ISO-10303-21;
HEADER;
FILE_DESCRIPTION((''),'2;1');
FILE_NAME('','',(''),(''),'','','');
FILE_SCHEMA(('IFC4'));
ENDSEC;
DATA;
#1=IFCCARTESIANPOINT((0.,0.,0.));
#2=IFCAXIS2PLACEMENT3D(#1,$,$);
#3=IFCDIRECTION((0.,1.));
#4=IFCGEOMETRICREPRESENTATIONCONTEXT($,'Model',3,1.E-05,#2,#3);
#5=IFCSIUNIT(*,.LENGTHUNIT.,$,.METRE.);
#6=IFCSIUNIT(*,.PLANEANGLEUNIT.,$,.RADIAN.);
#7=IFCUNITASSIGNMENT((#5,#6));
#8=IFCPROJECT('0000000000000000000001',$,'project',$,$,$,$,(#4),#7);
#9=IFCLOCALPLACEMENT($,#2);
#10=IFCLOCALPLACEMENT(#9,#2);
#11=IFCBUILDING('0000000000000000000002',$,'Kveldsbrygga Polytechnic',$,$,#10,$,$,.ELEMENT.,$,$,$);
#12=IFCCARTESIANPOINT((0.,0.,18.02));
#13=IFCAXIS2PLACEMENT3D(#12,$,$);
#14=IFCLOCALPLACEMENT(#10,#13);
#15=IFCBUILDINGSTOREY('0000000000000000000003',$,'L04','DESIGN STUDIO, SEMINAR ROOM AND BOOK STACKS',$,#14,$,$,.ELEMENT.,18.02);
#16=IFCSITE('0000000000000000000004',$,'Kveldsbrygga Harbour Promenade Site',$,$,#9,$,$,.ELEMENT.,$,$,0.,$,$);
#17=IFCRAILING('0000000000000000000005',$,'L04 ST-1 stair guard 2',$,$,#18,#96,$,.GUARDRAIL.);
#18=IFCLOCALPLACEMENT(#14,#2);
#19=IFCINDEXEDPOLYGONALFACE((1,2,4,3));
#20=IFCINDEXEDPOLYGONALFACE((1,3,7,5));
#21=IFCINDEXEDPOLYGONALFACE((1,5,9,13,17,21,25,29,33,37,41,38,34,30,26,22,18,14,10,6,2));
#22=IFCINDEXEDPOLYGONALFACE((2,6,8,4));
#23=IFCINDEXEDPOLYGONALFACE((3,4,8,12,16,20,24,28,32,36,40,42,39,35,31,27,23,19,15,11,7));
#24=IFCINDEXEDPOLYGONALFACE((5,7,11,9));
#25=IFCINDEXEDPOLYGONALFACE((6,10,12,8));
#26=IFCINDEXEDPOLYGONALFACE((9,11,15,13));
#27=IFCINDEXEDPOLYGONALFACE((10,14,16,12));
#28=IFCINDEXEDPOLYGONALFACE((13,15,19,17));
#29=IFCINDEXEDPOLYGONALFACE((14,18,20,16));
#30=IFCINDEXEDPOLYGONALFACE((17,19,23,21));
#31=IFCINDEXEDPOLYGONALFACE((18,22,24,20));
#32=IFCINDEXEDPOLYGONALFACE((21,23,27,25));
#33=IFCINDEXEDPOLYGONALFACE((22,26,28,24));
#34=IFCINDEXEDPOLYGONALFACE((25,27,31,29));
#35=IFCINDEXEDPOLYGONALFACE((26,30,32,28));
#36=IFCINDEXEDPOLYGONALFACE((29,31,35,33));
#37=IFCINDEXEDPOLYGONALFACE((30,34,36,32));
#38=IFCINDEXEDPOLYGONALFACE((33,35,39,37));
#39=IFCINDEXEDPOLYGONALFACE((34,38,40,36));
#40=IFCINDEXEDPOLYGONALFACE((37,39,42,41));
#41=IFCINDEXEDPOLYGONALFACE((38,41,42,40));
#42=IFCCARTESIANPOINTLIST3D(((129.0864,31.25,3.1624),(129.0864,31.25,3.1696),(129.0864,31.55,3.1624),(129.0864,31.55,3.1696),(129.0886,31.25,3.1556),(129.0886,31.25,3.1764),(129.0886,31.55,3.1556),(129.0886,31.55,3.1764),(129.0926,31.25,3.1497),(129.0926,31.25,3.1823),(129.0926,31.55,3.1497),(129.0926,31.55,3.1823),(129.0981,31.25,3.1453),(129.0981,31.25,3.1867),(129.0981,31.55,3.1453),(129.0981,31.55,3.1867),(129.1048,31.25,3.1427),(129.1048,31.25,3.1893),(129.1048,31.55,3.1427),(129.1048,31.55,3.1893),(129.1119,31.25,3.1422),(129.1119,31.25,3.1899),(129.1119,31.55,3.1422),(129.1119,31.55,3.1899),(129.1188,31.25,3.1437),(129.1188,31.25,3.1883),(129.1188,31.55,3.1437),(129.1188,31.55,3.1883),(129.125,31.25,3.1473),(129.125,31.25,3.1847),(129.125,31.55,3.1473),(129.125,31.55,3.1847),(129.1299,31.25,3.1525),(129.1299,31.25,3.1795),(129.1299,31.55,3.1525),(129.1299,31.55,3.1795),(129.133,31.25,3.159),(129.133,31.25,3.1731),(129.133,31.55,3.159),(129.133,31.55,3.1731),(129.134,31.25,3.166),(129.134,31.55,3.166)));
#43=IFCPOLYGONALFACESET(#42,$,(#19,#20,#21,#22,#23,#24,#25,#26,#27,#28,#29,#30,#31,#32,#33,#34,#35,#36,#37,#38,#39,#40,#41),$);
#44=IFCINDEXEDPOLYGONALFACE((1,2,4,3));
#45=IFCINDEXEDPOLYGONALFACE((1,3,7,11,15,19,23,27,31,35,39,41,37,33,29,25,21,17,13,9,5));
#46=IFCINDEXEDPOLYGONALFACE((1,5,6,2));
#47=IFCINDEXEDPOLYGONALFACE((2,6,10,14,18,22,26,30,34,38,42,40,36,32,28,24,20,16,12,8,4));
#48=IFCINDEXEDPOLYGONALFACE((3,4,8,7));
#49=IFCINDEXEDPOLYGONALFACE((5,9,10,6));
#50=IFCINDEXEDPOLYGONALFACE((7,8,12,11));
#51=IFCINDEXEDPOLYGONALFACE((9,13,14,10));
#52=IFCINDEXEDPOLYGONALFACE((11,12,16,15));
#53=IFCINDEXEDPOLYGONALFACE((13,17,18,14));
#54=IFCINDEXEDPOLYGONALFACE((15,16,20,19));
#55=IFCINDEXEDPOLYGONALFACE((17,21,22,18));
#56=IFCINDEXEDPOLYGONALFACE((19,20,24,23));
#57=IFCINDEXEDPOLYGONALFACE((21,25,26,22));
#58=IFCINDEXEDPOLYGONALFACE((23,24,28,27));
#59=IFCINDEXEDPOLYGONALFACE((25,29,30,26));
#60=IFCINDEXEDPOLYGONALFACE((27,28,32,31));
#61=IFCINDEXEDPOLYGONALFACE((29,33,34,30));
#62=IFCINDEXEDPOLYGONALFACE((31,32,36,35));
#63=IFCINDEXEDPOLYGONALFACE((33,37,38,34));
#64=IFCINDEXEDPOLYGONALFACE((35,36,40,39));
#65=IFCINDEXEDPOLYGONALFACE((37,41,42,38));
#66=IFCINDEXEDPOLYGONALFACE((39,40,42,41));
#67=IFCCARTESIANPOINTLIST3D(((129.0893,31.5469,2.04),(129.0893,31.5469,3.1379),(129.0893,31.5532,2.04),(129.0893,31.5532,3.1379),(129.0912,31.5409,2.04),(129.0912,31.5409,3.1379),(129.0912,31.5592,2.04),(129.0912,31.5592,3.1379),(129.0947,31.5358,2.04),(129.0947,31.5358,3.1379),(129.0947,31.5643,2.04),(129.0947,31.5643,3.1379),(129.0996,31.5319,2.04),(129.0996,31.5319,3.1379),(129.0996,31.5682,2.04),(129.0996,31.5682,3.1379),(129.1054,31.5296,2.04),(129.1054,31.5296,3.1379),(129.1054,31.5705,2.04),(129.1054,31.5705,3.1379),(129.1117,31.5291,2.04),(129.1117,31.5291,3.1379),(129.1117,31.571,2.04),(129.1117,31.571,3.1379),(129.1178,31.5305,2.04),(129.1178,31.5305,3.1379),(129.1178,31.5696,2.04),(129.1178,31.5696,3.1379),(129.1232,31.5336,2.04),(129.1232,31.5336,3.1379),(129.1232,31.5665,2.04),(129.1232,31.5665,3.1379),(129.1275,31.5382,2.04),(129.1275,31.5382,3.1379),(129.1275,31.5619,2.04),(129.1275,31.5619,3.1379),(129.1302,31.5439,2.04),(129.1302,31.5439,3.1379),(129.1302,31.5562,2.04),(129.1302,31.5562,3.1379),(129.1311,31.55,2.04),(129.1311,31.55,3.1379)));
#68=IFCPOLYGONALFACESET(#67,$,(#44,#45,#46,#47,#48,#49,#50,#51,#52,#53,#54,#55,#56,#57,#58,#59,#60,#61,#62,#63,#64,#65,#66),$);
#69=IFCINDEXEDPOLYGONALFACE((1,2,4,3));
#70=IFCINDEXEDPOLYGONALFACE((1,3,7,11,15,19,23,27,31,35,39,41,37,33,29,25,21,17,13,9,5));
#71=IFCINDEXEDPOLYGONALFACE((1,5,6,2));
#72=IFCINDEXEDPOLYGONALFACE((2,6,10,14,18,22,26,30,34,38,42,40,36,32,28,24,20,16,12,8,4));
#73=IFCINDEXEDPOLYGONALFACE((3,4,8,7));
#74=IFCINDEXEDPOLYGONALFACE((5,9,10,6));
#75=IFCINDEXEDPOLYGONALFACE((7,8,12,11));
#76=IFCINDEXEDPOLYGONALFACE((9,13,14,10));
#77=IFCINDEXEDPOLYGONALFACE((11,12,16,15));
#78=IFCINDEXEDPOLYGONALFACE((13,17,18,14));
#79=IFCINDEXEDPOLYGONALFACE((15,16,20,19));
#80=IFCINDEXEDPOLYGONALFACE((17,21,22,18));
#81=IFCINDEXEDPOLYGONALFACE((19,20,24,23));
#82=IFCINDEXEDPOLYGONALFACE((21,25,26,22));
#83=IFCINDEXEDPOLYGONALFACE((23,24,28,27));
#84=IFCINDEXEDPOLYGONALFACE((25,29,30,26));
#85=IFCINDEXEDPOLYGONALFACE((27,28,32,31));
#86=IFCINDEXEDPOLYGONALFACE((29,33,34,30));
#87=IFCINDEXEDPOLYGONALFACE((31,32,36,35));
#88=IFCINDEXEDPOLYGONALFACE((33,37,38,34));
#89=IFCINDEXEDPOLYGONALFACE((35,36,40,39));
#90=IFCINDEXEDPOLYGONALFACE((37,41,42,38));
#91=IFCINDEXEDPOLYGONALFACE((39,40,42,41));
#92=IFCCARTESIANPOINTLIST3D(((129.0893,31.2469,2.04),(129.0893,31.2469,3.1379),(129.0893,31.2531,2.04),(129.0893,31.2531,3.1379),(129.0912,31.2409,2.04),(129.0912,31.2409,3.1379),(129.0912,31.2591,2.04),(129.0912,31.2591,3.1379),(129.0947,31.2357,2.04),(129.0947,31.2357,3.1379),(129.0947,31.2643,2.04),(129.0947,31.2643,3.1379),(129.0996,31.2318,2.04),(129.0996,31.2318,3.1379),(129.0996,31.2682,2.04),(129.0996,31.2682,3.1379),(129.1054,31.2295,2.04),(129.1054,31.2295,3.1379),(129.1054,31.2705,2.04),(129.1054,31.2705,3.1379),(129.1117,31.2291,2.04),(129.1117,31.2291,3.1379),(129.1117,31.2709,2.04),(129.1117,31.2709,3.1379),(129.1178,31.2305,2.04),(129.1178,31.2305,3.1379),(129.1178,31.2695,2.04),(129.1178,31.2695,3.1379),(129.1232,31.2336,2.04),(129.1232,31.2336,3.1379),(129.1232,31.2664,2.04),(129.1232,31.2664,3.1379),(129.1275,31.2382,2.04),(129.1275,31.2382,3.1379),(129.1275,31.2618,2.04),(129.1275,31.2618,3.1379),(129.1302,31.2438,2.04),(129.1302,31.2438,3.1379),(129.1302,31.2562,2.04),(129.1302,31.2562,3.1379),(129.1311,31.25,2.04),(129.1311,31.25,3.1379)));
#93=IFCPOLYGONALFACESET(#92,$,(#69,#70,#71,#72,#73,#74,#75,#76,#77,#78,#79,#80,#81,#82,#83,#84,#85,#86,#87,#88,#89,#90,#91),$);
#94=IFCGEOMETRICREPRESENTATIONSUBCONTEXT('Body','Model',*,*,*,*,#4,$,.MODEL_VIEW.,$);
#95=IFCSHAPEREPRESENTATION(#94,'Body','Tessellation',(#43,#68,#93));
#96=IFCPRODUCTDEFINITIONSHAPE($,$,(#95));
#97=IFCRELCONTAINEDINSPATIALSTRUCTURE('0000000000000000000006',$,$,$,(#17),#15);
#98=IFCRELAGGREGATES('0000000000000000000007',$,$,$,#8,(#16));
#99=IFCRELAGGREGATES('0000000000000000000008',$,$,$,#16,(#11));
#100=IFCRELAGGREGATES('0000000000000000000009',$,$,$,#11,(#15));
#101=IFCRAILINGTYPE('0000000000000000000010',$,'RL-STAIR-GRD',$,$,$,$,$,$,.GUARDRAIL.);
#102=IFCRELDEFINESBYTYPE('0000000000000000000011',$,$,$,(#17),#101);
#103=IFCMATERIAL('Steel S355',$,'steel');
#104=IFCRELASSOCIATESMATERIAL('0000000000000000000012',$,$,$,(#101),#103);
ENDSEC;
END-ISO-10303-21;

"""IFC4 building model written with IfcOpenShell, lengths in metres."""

from ifc_helpers import new_model, si_unit, direction, frame, origin, origin_2d, place, context, subcontext, project, spatial, circle, extrude, material, type_object, element, save


model = new_model("IFC4")

# Units and contexts
model_context = context("Model", 3, precision=1e-05, world=origin(), true_north=direction((0.0, 1.0)))
body_context = subcontext(model_context, "Body", "Model", "MODEL_VIEW")
ifc_project = project(units=[si_unit("LENGTHUNIT", "METRE"), si_unit("PLANEANGLEUNIT", "RADIAN")], contexts=[model_context])

# Site, building, storey
site_placement = place(None, origin())
site = spatial("IfcSite", under=ifc_project, at=site_placement, Name="Kveldsbrygga Harbour Promenade Site", CompositionType="ELEMENT", RefElevation=0.0)
building_placement = place(site_placement, origin())
building = spatial("IfcBuilding", under=site, at=building_placement, Name="Kveldsbrygga Polytechnic", CompositionType="ELEMENT")
storey_placement = place(building_placement, frame((0.0, 0.0, 18.02)))
storey = spatial("IfcBuildingStorey", under=building, at=storey_placement, Name="L04", Description="DESIGN STUDIO, SEMINAR ROOM AND BOOK STACKS", CompositionType="ELEMENT", Elevation=18.02)

# Railing
ifc_material_1 = material(Name="Steel S355", Category="steel")
railing_type_1 = type_object("IfcRailingType", Name="RL-STAIR-GRD", PredefinedType="GUARDRAIL", material=ifc_material_1)
railing_1_placement = place(storey_placement, frame((129.1101, 31.55, 2.04)))
element("IfcRailing", 1, at=railing_1_placement, inside=storey, type_object=railing_type_1, Name="L04 ST-1 stair guard 2", PredefinedType="GUARDRAIL", context=body_context, shape_type="SweptSolid", body=[
    extrude(circle(Radius=0.0239, at=origin_2d()), frame((0.0, 0.0, 1.126), z_axis=(0.0, -1.0, 0.0), x_axis=(1.0, 0.0, 0.0)), (0.0, 0.0, 1.0), 0.3),
    extrude(circle(Radius=0.021, at=origin_2d()), origin(), (0.0, 0.0, 1.0), 1.0979),
    extrude(circle(Radius=0.021, at=origin_2d()), frame((0.0, -0.3, 0.0)), (0.0, 0.0, 1.0), 1.0979),
])

save(model, "model.ifc")
